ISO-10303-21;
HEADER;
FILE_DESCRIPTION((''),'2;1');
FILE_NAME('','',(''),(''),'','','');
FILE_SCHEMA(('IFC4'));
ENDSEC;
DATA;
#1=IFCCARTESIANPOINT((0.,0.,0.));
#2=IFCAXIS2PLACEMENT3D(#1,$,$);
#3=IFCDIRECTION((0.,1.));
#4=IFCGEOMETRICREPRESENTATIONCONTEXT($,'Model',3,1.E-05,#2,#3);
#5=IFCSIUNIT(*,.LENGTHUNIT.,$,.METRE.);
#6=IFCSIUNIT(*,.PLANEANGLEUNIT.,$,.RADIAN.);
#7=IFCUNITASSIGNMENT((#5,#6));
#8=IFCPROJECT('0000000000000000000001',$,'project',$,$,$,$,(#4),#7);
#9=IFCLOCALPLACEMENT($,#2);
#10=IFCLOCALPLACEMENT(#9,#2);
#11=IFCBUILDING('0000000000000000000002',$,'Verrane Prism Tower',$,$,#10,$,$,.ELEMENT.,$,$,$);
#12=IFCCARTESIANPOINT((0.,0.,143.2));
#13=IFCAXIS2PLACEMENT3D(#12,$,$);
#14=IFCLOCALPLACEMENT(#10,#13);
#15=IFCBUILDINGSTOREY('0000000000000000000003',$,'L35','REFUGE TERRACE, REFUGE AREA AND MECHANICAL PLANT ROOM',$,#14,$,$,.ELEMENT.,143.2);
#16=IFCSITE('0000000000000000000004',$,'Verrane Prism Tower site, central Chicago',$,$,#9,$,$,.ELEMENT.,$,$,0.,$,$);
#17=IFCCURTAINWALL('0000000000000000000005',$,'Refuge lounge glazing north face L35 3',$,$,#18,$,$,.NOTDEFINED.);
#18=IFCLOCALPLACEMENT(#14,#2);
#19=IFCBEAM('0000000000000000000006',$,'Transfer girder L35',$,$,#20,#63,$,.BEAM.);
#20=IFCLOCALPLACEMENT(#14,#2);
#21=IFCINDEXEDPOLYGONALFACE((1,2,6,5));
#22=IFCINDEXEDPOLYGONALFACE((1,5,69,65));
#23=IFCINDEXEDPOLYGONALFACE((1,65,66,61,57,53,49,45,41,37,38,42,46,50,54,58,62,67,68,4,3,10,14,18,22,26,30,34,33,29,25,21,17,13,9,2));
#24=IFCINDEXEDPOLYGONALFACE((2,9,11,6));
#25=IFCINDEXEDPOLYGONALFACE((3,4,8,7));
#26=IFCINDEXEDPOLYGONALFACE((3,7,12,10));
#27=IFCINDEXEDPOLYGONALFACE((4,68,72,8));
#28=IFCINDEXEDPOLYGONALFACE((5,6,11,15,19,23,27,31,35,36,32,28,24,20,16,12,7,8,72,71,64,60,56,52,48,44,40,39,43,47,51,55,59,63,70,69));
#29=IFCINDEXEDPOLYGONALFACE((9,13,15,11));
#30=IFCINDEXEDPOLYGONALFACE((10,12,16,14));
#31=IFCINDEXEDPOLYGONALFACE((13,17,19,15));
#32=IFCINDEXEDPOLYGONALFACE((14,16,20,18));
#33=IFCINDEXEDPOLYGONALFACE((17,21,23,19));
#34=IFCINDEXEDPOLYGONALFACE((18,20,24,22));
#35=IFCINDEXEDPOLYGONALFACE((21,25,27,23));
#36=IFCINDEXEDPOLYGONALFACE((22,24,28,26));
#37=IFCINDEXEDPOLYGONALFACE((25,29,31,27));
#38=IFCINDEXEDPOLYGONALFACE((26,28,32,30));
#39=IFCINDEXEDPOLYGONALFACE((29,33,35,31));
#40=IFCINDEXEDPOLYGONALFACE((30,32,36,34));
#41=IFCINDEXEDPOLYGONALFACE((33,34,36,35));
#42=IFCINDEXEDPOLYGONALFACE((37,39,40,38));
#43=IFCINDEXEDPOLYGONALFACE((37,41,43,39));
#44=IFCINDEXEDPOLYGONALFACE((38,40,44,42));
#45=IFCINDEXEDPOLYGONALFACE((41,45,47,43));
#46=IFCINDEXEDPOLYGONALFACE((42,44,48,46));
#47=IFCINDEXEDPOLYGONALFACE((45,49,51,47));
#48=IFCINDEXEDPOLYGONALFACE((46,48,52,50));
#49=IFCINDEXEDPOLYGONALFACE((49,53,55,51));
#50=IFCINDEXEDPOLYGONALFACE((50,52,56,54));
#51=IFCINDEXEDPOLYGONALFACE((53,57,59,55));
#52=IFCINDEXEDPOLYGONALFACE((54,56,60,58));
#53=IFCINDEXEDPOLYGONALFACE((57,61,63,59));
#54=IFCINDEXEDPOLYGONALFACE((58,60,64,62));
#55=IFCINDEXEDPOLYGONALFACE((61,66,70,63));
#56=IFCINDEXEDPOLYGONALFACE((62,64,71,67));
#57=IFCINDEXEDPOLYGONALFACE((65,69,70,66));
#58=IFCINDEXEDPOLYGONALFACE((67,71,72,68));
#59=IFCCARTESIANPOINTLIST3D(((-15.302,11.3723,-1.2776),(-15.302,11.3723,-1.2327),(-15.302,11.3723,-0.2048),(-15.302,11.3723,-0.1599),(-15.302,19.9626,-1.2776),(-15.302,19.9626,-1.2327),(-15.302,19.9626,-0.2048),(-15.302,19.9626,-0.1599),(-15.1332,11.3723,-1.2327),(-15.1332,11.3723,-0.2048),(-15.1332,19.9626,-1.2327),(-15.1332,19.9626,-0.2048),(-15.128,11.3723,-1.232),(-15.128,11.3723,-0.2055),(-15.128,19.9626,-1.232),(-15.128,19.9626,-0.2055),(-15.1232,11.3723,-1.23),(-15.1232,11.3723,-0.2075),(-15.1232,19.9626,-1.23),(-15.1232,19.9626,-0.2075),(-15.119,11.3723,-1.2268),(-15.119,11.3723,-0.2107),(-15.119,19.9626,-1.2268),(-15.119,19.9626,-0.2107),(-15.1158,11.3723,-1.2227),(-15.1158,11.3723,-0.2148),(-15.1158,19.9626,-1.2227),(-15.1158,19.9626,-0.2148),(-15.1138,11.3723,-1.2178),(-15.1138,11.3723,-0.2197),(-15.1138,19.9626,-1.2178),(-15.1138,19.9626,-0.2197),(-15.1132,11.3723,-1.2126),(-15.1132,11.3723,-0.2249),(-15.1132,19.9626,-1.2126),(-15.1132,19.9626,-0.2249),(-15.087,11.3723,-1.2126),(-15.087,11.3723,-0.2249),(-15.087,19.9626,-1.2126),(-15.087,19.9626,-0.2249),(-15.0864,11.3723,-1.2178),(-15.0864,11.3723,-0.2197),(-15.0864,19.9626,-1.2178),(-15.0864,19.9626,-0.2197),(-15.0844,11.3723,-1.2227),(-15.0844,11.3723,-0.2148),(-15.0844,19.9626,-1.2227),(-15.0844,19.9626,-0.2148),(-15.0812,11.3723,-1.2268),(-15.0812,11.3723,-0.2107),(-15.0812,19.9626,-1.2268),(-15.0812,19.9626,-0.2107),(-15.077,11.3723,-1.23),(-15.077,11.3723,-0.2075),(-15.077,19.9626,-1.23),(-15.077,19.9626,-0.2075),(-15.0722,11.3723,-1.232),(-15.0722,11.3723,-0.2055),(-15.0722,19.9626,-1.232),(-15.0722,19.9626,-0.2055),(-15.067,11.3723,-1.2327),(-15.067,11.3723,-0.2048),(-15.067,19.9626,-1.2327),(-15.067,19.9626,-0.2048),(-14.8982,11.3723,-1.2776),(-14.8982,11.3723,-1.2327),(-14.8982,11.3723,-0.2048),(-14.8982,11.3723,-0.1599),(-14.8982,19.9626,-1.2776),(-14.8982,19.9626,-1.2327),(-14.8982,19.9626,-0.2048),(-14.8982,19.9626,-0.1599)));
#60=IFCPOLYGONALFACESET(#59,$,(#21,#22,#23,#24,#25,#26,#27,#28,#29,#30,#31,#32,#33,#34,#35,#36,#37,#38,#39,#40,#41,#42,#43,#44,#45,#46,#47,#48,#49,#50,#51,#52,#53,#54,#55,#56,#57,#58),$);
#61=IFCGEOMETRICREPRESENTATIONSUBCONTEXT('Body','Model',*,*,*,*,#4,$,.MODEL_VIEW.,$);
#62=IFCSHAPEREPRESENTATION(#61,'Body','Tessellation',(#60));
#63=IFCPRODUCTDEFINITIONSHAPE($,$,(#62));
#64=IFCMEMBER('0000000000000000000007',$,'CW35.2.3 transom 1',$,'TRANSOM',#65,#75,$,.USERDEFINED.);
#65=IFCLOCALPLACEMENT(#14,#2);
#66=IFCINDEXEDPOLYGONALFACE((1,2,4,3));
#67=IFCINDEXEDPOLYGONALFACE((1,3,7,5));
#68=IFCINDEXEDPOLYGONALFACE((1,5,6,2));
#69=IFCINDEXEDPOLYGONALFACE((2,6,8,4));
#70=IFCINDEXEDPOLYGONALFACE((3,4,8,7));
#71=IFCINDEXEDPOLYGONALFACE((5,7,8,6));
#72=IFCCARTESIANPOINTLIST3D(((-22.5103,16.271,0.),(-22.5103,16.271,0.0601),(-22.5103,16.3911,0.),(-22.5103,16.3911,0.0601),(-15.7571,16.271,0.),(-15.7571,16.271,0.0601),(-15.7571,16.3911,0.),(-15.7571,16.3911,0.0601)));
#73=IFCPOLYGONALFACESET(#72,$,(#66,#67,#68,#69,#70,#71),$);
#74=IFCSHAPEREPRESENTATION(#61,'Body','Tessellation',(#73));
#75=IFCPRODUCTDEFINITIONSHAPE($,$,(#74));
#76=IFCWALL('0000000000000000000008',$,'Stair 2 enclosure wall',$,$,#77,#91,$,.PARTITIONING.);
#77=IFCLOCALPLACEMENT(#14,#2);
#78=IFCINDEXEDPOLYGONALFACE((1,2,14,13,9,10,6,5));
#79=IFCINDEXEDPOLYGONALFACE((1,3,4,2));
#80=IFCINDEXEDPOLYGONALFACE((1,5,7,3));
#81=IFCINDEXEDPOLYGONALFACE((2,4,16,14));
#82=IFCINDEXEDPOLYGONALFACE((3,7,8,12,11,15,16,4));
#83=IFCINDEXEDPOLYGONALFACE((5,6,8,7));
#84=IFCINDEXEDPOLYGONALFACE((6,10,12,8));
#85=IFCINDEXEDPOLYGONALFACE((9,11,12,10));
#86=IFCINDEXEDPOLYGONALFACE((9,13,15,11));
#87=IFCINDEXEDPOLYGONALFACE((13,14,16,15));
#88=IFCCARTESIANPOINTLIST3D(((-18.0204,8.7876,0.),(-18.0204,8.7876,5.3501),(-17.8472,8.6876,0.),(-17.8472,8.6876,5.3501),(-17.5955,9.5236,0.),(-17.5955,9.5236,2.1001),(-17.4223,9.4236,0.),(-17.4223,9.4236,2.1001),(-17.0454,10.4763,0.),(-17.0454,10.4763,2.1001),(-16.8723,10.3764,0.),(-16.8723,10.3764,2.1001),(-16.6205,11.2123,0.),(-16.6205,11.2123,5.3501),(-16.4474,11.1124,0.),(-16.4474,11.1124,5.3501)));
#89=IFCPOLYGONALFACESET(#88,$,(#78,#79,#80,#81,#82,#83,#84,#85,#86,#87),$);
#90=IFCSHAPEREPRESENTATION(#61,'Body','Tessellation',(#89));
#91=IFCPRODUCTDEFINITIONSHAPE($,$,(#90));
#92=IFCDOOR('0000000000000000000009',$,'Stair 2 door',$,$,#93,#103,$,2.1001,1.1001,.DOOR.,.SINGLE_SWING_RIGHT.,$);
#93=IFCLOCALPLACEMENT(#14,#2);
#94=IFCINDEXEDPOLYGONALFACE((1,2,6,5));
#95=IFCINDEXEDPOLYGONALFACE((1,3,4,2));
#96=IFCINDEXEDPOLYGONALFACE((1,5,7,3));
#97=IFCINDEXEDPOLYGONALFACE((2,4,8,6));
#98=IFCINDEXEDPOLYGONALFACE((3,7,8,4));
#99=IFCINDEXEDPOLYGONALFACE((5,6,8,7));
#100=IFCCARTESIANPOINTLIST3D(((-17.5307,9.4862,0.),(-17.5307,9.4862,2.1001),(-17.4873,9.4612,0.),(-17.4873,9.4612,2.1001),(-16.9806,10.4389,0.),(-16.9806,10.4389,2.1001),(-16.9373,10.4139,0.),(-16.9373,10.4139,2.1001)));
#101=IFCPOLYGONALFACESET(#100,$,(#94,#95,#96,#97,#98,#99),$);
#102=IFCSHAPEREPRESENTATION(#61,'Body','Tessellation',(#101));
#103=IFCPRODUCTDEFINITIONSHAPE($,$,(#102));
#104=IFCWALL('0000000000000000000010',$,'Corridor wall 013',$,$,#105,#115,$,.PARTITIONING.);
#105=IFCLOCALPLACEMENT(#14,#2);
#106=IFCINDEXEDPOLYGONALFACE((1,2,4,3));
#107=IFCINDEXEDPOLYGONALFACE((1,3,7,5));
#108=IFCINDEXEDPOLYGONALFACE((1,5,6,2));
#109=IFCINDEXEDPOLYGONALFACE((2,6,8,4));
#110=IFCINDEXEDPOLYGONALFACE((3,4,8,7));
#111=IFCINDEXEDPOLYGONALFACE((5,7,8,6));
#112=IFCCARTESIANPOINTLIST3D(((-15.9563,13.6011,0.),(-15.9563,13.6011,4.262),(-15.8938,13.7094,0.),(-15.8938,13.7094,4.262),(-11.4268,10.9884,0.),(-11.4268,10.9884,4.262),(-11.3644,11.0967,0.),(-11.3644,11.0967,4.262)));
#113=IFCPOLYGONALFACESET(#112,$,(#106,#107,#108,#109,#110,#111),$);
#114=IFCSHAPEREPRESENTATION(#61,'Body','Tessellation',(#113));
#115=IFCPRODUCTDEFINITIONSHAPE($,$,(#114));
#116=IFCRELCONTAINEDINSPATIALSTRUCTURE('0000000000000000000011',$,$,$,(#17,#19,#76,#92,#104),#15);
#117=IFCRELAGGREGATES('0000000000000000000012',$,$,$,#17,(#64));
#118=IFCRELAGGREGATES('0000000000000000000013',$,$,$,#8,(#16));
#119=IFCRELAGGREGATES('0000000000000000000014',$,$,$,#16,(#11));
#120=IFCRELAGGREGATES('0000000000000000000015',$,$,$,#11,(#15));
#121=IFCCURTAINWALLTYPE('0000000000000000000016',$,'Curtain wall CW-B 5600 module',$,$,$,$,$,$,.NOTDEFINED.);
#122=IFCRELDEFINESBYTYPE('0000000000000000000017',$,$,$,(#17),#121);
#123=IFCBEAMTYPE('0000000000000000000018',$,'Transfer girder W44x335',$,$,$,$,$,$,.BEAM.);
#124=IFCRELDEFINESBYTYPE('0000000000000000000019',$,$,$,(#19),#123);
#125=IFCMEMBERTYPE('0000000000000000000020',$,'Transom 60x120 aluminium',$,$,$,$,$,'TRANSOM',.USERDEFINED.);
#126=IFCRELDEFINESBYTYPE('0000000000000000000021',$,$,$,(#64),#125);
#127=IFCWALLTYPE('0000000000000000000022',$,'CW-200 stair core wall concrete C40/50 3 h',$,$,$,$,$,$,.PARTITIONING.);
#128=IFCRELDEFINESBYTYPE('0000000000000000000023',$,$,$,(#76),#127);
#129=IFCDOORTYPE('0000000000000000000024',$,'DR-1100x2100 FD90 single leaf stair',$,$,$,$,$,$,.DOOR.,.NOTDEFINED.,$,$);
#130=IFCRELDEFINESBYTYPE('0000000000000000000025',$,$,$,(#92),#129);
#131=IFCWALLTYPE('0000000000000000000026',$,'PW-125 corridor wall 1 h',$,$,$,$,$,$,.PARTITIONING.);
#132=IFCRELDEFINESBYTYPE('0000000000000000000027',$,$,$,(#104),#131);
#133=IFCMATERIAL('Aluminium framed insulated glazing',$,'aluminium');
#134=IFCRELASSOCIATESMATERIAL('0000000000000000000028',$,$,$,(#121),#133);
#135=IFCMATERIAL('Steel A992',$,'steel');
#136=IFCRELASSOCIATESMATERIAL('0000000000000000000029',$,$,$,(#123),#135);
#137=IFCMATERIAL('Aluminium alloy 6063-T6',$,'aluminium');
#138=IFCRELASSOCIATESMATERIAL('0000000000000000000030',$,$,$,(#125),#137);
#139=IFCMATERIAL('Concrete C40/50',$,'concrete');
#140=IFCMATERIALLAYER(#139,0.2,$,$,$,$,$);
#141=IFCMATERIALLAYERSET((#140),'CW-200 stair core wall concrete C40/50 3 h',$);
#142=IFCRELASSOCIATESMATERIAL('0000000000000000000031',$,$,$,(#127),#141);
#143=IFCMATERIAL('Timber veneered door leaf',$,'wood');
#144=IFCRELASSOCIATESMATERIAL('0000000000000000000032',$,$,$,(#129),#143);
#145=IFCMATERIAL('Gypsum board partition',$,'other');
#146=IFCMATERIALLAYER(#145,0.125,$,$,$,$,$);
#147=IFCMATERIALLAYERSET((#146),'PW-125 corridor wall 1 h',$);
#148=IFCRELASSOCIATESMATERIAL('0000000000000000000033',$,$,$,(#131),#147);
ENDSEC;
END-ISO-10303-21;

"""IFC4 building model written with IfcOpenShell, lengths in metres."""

from ifc_helpers import new_model, si_unit, direction, frame, frame_2d, origin, origin_2d, place, context, subcontext, project, spatial, rectangle, i_section, extrude, material, layer, layer_set, material_profile, profile_set, type_object, element, fill, aggregate, save


model = new_model("IFC4")

# Units and contexts
model_context = context("Model", 3, precision=1e-05, world=origin(), true_north=direction((0.0, 1.0)))
body_context = subcontext(model_context, "Body", "Model", "MODEL_VIEW")
ifc_project = project(units=[si_unit("LENGTHUNIT", "METRE"), si_unit("PLANEANGLEUNIT", "RADIAN")], contexts=[model_context])

# Site, building, storey
site_placement = place(None, origin())
site = spatial("IfcSite", under=ifc_project, at=site_placement, Name="Verrane Prism Tower site, central Chicago", CompositionType="ELEMENT", RefElevation=0.0)
building_placement = place(site_placement, origin())
building = spatial("IfcBuilding", under=site, at=building_placement, Name="Verrane Prism Tower", CompositionType="ELEMENT")
storey_placement = place(building_placement, frame((0.0, 0.0, 143.2)))
storey = spatial("IfcBuildingStorey", under=building, at=storey_placement, Name="L35", Description="REFUGE TERRACE, REFUGE AREA AND MECHANICAL PLANT ROOM", CompositionType="ELEMENT", Elevation=143.2)

# Curtain wall
ifc_material_1 = material(Name="Aluminium framed insulated glazing", Category="aluminium")
curtain_wall_type = type_object("IfcCurtainWallType", Name="Curtain wall CW-B 5600 module", PredefinedType="NOTDEFINED", material=ifc_material_1)
curtain_wall_1_placement = place(storey_placement, origin())
curtain_wall_1 = element("IfcCurtainWall", 1, at=curtain_wall_1_placement, inside=storey, type_object=curtain_wall_type, Name="Refuge lounge glazing north face L35 3", PredefinedType="NOTDEFINED")

# Beam
ifc_material_2 = material(Name="Steel A992", Category="steel")
ifc_material_profile_1 = material_profile(ifc_material_2, i_section(OverallWidth=0.4038, OverallDepth=1.1177, WebThickness=0.0261, FlangeThickness=0.0449, FilletRadius=0.02, at=origin_2d()), Name="W44x335")
ifc_profile_set_1 = profile_set([ifc_material_profile_1], Name="Steel A992")
beam_type_1 = type_object("IfcBeamType", Name="Transfer girder W44x335", PredefinedType="BEAM", material=ifc_profile_set_1)
beam_1_placement = place(storey_placement, frame((-15.1001, 19.9626, -0.7188), z_axis=(0.0, -1.0, 0.0), x_axis=(1.0, 0.0, 0.0)))
element("IfcBeam", 2, at=beam_1_placement, inside=storey, type_object=beam_type_1, Name="Transfer girder L35", PredefinedType="BEAM", context=body_context, shape_type="SweptSolid", body=[
    extrude(i_section(OverallWidth=0.4038, OverallDepth=1.1177, WebThickness=0.0261, FlangeThickness=0.0449, FilletRadius=0.02, at=origin_2d()), origin(), (0.0, 0.0, 1.0), 8.5903),
])

# Member
ifc_material_3 = material(Name="Aluminium alloy 6063-T6", Category="aluminium")
ifc_material_profile_2 = material_profile(ifc_material_3, rectangle(XDim=0.1201, YDim=0.0601, at=origin_2d()), Name="Transom 60x120 aluminium")
ifc_profile_set_2 = profile_set([ifc_material_profile_2], Name="Aluminium alloy 6063-T6")
member_type_1 = type_object("IfcMemberType", Name="Transom 60x120 aluminium", ElementType="TRANSOM", PredefinedType="USERDEFINED", material=ifc_profile_set_2)
member_1_placement = place(storey_placement, frame((-15.7571, 16.3311, 0.03), z_axis=(-1.0, 0.0, 0.0), x_axis=(0.0, -1.0, 0.0)))
member_1 = element("IfcMember", 3, at=member_1_placement, type_object=member_type_1, Name="CW35.2.3 transom 1", ObjectType="TRANSOM", PredefinedType="USERDEFINED", context=body_context, shape_type="SweptSolid", body=[
    extrude(rectangle(XDim=0.1201, YDim=0.0601, at=origin_2d()), origin(), (0.0, 0.0, 1.0), 6.7532),
])
aggregate(curtain_wall_1, [member_1])

# Wall, opening, door
ifc_material_4 = material(Name="Concrete C40/50", Category="concrete")
ifc_layer_1 = layer(ifc_material_4, 0.2)
ifc_layer_set_1 = layer_set([ifc_layer_1], Name="CW-200 stair core wall concrete C40/50 3 h")
wall_type_1 = type_object("IfcWallType", Name="CW-200 stair core wall concrete C40/50 3 h", PredefinedType="PARTITIONING", material=ifc_layer_set_1)
wall_1_placement = place(storey_placement, frame((-16.5339, 11.1624, 0.0), z_axis=(0.0, 0.0, 1.0), x_axis=(-0.499984, -0.866035, 0.0)))
wall_1 = element("IfcWall", 4, at=wall_1_placement, inside=storey, type_object=wall_type_1, Name="Stair 2 enclosure wall", PredefinedType="PARTITIONING", context=body_context, shape_type="SweptSolid", body=[
    extrude(rectangle(XDim=2.7998, YDim=0.2, at=frame_2d((1.3999, 0.0))), origin(), (0.0, 0.0, 1.0), 5.3501),
])
opening_1_placement = place(wall_1_placement, frame((0.8499, 0.0, 0.0)))
opening_1 = element("IfcOpeningElement", 5, at=opening_1_placement, cuts=wall_1, PredefinedType="OPENING", context=body_context, shape_type="SweptSolid", body=[
    extrude(rectangle(XDim=1.1001, YDim=2.1001, at=frame_2d((0.55, 1.05))), frame((0.0, 0.1099, 0.0), z_axis=(0.0, -1.0, 0.0), x_axis=(1.0, 0.0, 0.0)), (0.0, 0.0, 1.0), 0.22),
])
ifc_material_5 = material(Name="Timber veneered door leaf", Category="wood")
door_type_1 = type_object("IfcDoorType", Name="DR-1100x2100 FD90 single leaf stair", OperationType="NOTDEFINED", PredefinedType="DOOR", material=ifc_material_5)
door_1_placement = place(opening_1_placement, origin())
door_1 = element("IfcDoor", 6, at=door_1_placement, inside=storey, type_object=door_type_1, Name="Stair 2 door", OperationType="SINGLE_SWING_RIGHT", OverallHeight=2.1001, OverallWidth=1.1001, PredefinedType="DOOR", context=body_context, shape_type="SweptSolid", body=[
    extrude(rectangle(XDim=1.1001, YDim=2.1001, at=frame_2d((0.55, 1.05))), frame((0.0, 0.0249, 0.0), z_axis=(0.0, -1.0, 0.0), x_axis=(1.0, 0.0, 0.0)), (0.0, 0.0, 1.0), 0.05),
])
fill(opening_1, door_1)

# Wall
ifc_material_6 = material(Name="Gypsum board partition", Category="other")
ifc_layer_2 = layer(ifc_material_6, 0.125)
ifc_layer_set_2 = layer_set([ifc_layer_2], Name="PW-125 corridor wall 1 h")
wall_type_2 = type_object("IfcWallType", Name="PW-125 corridor wall 1 h", PredefinedType="PARTITIONING", material=ifc_layer_set_2)
wall_2_placement = place(storey_placement, frame((-15.925, 13.6553, 0.0), z_axis=(0.0, 0.0, 1.0), x_axis=(0.866219, -0.499665, 0.0)))
element("IfcWall", 7, at=wall_2_placement, inside=storey, type_object=wall_type_2, Name="Corridor wall 013", PredefinedType="PARTITIONING", context=body_context, shape_type="SweptSolid", body=[
    extrude(rectangle(XDim=5.229, YDim=0.125, at=frame_2d((2.6145, 0.0))), origin(), (0.0, 0.0, 1.0), 4.262),
])

save(model, "model.ifc")
